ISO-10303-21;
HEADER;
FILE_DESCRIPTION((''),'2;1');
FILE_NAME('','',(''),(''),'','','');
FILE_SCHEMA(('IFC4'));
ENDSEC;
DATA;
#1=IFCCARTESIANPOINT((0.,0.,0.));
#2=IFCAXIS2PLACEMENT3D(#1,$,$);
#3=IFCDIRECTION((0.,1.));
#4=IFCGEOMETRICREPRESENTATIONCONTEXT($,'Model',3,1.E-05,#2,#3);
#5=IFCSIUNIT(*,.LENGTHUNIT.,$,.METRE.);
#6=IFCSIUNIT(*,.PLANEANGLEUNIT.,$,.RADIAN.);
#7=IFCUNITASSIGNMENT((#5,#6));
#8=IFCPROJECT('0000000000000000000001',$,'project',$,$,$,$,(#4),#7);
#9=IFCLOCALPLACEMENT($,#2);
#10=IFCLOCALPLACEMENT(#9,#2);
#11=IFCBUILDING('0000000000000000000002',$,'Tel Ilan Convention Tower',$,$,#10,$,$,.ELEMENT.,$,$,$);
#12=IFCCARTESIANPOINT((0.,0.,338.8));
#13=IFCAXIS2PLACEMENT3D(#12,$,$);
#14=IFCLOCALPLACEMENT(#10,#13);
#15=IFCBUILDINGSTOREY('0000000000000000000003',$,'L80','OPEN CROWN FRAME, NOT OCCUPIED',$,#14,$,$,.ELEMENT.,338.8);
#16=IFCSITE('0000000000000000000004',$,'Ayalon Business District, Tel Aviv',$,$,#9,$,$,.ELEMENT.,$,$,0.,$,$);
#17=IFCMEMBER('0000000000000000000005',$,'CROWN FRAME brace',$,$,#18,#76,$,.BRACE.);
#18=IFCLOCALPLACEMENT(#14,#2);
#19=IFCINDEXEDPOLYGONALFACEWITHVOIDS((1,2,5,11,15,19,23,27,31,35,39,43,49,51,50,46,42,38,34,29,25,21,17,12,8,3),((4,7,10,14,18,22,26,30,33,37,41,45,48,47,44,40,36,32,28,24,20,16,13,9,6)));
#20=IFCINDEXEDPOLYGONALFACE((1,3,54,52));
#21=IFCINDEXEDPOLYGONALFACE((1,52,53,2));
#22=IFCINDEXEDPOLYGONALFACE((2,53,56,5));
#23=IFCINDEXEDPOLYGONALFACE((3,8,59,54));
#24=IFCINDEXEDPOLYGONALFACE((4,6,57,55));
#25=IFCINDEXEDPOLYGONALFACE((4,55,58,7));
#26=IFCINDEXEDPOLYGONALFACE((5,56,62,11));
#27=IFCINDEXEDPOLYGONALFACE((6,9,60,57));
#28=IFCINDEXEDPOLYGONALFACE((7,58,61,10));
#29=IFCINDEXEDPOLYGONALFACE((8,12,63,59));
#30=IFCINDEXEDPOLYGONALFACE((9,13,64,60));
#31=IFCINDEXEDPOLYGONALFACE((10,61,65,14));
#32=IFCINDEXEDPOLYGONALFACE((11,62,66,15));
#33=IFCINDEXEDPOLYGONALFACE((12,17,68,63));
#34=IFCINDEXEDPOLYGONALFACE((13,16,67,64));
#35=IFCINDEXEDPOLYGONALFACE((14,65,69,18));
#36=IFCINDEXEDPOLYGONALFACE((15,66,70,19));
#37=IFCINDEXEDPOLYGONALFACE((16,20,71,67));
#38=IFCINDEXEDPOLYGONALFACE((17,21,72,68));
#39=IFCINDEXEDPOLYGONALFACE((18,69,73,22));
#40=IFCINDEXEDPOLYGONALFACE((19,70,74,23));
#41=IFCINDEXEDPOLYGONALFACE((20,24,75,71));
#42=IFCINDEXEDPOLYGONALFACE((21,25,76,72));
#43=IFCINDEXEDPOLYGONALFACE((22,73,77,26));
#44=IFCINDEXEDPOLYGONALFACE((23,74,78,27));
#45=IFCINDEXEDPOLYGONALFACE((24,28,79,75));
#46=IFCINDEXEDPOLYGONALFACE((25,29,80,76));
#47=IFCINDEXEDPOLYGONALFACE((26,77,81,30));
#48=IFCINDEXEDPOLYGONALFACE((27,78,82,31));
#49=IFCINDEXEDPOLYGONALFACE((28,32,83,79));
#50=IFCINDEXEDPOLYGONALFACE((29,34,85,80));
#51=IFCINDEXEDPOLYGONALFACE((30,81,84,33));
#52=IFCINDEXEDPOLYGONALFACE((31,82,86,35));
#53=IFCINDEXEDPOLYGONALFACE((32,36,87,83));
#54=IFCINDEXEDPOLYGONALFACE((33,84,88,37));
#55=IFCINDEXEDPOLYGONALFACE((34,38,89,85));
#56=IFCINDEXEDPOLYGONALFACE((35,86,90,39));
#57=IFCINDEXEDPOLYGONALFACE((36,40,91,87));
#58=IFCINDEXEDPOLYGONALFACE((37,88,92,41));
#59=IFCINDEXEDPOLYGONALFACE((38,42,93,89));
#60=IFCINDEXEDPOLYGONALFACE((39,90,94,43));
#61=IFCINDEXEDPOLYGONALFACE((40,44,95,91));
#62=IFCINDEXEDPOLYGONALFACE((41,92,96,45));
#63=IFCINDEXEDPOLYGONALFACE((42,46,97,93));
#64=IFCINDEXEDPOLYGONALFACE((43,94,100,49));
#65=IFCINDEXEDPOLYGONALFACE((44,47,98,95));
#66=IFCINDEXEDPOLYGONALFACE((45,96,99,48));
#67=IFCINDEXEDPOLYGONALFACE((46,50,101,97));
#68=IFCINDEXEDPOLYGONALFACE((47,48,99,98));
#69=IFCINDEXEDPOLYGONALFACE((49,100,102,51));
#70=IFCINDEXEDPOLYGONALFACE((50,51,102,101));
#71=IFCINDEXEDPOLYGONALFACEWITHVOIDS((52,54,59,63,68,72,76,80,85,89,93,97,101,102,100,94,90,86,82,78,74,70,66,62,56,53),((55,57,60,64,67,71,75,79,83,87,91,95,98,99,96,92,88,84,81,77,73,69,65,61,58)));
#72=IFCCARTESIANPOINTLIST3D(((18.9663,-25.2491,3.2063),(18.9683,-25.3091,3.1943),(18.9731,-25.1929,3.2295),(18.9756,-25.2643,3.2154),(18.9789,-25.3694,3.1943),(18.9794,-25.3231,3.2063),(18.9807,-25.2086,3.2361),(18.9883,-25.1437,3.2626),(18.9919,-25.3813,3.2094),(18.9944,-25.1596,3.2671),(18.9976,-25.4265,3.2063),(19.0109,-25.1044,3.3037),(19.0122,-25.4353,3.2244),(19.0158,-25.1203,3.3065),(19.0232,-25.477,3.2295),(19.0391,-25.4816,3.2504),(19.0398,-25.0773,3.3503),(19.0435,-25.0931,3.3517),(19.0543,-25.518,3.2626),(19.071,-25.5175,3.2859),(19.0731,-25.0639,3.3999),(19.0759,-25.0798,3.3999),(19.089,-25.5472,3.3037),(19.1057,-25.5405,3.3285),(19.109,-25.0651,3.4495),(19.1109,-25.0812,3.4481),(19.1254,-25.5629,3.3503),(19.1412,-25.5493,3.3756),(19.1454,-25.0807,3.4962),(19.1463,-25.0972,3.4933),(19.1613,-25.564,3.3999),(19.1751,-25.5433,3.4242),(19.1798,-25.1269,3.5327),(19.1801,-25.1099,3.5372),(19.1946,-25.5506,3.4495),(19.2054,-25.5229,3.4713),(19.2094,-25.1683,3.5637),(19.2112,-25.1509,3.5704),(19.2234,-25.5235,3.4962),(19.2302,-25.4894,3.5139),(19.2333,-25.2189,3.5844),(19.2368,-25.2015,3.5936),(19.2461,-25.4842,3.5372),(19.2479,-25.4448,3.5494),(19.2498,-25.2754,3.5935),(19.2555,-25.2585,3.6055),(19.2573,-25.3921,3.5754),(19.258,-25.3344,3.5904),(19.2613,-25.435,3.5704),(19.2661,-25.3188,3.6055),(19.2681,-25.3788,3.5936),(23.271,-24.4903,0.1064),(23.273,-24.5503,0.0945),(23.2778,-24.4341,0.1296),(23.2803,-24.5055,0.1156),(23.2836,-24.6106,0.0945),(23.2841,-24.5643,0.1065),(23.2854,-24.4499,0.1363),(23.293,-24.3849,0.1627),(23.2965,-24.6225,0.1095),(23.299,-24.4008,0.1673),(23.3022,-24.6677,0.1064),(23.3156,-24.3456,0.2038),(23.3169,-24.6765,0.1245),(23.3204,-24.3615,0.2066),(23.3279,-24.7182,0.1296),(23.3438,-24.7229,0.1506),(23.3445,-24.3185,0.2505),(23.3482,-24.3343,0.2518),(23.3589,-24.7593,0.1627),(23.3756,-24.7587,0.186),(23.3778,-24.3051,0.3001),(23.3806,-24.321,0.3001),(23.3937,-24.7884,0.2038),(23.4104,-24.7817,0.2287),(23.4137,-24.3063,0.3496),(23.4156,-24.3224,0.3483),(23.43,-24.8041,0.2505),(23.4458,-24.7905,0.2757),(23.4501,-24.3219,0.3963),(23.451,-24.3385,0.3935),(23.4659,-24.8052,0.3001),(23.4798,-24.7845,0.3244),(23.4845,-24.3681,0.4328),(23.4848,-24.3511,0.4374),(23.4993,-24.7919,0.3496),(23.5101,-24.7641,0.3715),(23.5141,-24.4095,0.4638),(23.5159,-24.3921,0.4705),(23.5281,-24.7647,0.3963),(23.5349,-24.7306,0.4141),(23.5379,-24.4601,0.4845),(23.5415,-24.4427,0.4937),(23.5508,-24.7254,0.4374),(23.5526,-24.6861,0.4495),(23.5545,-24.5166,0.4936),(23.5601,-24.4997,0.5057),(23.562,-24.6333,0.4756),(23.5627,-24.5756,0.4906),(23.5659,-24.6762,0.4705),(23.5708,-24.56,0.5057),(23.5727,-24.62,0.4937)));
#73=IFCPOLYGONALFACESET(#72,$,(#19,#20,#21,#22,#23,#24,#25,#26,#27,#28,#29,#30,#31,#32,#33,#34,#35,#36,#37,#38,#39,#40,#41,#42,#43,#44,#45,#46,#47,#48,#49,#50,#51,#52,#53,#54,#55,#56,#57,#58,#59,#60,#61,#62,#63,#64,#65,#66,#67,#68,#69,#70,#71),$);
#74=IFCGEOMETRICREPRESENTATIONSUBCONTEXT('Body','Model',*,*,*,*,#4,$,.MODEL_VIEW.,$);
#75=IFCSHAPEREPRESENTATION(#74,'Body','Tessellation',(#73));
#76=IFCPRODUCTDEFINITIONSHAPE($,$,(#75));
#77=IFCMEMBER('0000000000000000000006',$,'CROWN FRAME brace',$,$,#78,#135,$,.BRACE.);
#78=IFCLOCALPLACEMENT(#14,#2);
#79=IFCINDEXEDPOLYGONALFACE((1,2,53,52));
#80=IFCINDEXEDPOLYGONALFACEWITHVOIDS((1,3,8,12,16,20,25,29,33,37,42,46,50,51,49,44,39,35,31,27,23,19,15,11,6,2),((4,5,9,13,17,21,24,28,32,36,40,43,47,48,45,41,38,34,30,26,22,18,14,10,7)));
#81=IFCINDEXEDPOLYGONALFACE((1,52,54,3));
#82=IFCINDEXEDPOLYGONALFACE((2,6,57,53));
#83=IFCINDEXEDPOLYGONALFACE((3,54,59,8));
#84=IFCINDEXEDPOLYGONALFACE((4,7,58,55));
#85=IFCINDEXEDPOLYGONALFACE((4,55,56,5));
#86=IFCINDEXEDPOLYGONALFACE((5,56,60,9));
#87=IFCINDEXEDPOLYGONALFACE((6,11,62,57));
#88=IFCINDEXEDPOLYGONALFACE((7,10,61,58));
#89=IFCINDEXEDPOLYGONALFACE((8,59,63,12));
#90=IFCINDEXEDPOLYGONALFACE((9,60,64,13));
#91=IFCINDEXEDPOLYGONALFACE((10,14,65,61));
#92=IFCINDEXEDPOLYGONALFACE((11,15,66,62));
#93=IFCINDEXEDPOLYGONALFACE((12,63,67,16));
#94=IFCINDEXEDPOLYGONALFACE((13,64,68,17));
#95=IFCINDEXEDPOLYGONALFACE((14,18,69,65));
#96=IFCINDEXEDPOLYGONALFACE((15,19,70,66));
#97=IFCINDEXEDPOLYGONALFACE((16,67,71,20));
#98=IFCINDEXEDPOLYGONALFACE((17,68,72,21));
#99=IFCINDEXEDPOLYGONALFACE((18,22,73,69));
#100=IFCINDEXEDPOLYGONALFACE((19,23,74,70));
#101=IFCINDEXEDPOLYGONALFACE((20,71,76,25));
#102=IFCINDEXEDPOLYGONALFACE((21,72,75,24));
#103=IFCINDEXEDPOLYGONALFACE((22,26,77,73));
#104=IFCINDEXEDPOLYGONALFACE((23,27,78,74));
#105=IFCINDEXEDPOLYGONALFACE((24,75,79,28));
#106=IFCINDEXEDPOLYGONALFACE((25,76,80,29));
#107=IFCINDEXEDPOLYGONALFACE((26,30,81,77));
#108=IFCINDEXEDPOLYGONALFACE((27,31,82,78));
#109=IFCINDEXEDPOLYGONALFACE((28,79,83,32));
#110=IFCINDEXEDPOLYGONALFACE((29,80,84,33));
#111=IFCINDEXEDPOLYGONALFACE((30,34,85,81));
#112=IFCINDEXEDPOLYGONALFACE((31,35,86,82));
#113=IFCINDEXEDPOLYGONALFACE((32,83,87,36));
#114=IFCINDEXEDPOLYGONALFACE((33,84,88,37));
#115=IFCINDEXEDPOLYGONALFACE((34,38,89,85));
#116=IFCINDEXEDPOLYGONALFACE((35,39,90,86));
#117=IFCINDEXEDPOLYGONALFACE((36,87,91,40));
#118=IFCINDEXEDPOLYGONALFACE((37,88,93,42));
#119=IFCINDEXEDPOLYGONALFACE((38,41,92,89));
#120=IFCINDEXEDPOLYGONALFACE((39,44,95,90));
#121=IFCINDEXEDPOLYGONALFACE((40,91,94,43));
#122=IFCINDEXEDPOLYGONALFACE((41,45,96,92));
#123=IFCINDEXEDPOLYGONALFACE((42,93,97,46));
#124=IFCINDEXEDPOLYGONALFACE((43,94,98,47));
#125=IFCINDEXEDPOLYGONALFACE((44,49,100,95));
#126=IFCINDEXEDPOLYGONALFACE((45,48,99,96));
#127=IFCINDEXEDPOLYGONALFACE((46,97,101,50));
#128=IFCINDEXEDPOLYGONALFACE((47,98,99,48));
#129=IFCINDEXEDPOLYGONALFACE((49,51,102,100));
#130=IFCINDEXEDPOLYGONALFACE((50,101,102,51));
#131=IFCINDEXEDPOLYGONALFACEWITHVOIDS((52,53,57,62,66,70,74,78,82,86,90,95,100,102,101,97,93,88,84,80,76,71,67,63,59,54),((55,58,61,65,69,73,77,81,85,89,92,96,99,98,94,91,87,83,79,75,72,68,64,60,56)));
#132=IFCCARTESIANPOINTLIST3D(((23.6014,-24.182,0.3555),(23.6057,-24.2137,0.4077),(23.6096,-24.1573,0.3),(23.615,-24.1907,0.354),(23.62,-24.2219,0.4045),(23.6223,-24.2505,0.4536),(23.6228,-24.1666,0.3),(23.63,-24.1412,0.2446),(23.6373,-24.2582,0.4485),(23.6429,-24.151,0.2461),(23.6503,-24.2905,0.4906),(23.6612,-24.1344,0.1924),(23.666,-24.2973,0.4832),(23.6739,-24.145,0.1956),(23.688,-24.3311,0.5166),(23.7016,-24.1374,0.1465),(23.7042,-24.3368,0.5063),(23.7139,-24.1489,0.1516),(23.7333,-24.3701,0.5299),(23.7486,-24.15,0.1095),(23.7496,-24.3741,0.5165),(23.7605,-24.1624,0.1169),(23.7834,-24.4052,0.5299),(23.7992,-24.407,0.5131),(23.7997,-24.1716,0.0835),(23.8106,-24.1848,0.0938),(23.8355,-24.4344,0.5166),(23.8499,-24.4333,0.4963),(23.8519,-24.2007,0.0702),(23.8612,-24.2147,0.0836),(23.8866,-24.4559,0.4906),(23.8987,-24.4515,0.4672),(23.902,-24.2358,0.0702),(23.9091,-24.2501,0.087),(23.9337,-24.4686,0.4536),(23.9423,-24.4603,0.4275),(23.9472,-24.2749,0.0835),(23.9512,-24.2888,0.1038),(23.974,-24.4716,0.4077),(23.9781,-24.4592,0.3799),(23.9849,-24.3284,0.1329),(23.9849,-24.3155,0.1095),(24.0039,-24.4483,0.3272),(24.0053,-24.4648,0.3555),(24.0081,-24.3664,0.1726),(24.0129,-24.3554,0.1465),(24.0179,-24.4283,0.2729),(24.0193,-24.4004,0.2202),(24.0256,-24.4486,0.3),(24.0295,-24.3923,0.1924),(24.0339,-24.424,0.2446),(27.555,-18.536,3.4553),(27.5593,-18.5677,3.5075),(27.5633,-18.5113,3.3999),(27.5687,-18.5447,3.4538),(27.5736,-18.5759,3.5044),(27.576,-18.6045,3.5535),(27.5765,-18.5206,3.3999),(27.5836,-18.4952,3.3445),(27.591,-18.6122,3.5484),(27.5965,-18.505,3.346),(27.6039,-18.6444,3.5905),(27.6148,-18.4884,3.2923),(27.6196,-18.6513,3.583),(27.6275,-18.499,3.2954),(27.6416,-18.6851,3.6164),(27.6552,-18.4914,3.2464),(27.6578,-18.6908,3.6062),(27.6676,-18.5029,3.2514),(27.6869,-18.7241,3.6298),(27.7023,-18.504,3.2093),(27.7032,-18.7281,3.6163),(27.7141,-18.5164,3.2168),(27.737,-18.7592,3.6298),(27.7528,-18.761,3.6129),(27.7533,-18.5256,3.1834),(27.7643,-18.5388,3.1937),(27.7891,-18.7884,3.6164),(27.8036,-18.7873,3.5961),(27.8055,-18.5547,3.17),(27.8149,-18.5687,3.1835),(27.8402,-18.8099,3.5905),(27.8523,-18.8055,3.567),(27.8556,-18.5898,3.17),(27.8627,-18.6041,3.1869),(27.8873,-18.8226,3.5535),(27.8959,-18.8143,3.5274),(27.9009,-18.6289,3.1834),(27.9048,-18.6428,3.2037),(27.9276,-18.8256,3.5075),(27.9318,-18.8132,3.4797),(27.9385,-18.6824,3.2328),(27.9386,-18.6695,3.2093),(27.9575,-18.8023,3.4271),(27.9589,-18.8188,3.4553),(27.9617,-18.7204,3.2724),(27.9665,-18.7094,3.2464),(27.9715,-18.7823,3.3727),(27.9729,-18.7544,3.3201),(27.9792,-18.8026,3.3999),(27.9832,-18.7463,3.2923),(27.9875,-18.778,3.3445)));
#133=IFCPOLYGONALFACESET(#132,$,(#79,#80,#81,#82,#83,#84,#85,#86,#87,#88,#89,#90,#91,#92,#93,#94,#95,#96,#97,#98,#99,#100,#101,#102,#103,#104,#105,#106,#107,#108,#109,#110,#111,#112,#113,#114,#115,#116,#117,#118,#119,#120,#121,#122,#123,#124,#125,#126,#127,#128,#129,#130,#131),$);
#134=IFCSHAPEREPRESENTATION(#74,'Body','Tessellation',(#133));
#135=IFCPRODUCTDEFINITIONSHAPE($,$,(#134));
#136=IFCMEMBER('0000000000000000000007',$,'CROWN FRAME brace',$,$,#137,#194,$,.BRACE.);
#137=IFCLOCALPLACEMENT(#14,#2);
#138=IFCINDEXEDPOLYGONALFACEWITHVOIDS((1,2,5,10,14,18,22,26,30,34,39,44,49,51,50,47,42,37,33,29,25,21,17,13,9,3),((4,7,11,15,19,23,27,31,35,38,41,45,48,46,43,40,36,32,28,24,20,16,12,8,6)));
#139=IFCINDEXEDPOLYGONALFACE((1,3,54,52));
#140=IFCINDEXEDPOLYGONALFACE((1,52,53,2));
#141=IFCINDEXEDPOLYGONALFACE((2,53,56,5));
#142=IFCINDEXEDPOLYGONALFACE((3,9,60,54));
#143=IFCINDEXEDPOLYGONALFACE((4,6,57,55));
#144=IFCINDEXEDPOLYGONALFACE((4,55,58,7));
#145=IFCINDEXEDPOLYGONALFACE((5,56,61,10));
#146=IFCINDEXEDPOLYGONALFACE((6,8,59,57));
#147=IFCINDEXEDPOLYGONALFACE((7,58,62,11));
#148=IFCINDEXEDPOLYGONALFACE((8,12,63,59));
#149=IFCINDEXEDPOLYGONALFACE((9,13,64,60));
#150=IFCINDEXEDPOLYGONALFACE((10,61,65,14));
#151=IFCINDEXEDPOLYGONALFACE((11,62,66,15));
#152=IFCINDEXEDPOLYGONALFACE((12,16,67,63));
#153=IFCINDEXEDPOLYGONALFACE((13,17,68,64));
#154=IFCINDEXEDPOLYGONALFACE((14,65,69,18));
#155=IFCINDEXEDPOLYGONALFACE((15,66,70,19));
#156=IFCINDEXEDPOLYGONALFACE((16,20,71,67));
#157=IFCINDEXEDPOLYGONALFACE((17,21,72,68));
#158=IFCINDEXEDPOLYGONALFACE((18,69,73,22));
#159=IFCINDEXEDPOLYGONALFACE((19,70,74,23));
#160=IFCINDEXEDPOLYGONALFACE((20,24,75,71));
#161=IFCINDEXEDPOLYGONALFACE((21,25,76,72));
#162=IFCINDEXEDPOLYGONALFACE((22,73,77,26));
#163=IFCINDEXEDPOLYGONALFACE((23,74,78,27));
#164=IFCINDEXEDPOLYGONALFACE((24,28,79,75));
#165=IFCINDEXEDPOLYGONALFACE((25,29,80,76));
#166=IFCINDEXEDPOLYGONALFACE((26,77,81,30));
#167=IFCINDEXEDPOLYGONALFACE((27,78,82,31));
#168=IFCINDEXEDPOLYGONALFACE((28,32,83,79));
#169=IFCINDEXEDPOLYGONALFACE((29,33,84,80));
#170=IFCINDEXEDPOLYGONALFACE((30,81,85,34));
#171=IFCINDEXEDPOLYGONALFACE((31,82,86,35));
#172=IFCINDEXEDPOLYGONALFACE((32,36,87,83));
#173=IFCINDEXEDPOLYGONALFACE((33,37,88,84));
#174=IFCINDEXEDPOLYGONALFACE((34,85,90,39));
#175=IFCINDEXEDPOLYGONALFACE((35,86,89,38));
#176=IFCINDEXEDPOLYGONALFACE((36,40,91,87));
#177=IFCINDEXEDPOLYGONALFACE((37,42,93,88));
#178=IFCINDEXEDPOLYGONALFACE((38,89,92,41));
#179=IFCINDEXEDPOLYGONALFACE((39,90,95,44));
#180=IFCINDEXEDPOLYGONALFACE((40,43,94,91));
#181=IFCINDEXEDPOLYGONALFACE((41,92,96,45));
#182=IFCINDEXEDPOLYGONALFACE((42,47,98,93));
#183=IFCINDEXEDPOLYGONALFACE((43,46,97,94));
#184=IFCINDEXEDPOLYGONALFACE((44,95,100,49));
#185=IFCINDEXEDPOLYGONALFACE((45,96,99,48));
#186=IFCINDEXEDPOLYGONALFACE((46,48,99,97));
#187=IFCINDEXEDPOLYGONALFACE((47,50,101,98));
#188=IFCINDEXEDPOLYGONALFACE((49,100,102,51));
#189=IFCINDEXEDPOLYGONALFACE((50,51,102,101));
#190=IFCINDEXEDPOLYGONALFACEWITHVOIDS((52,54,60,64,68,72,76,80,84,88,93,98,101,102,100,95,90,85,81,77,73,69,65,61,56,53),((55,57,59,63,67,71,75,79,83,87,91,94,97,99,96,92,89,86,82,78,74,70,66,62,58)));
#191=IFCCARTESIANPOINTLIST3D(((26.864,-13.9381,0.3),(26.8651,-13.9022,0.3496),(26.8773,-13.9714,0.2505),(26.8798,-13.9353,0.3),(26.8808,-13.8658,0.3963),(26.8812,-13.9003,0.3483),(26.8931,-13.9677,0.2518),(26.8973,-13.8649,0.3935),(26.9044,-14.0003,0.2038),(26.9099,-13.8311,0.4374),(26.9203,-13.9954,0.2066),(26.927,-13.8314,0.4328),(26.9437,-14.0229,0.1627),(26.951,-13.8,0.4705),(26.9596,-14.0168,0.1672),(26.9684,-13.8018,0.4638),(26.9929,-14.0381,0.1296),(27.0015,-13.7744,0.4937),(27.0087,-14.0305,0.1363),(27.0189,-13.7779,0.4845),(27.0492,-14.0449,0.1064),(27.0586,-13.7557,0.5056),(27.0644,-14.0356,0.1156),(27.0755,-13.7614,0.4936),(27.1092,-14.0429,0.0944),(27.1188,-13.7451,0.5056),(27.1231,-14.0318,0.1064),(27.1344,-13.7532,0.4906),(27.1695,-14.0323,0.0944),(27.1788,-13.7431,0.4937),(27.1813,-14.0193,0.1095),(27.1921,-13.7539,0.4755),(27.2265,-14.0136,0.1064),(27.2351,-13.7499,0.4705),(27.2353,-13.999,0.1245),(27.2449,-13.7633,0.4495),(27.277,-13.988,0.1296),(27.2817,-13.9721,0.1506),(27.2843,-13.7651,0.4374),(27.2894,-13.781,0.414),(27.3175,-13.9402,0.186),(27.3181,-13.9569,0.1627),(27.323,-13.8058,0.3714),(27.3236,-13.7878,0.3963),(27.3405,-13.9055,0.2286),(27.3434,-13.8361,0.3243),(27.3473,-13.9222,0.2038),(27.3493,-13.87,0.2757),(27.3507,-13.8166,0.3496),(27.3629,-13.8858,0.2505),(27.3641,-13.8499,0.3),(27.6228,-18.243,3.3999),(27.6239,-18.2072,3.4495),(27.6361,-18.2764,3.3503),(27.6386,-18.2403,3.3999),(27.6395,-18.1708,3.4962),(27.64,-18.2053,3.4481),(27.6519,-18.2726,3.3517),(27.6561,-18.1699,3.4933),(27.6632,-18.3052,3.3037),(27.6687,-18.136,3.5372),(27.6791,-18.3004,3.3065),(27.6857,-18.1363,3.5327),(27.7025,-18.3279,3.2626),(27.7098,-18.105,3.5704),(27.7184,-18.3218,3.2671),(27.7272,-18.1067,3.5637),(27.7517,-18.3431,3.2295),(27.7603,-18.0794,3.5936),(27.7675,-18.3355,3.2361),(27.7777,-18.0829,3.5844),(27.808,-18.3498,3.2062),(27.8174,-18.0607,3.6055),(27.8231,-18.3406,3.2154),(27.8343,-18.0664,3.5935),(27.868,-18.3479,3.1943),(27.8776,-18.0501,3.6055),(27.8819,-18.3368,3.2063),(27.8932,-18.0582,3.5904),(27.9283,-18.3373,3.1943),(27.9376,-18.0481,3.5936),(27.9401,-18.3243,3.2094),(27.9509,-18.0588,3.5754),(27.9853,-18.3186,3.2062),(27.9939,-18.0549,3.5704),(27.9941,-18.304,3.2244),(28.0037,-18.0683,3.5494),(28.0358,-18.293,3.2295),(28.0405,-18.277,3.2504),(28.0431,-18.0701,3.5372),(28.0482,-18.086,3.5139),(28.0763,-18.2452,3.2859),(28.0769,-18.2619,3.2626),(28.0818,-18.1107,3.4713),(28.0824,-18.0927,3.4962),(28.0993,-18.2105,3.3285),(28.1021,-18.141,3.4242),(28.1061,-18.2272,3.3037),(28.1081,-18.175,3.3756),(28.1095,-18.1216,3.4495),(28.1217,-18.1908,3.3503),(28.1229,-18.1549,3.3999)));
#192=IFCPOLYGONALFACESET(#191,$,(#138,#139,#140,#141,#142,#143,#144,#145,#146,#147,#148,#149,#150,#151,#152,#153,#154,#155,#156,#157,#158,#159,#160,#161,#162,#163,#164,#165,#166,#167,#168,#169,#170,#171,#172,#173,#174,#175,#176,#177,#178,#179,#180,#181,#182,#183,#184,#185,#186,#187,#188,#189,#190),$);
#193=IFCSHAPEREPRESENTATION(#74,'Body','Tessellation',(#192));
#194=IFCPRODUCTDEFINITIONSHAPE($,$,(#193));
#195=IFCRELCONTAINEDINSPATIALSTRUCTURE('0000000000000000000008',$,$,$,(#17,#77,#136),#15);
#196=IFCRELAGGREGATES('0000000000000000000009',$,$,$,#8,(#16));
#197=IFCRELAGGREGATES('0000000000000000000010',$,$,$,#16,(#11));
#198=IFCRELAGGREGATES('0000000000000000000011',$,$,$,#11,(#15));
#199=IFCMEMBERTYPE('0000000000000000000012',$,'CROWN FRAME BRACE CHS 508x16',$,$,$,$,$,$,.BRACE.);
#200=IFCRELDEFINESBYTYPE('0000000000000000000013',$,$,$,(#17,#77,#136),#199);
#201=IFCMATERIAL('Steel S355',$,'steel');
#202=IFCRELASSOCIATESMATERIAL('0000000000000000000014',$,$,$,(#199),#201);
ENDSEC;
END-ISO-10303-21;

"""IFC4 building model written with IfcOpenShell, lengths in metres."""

from ifc_helpers import new_model, si_unit, direction, frame, origin, origin_2d, place, context, subcontext, project, spatial, hollow_circle, extrude, material, material_profile, profile_set, type_object, element, save


model = new_model("IFC4")

# Units and contexts
model_context = context("Model", 3, precision=1e-05, world=origin(), true_north=direction((0.0, 1.0)))
body_context = subcontext(model_context, "Body", "Model", "MODEL_VIEW")
ifc_project = project(units=[si_unit("LENGTHUNIT", "METRE"), si_unit("PLANEANGLEUNIT", "RADIAN")], contexts=[model_context])

# Site, building, storey
site_placement = place(None, origin())
site = spatial("IfcSite", under=ifc_project, at=site_placement, Name="Ayalon Business District, Tel Aviv", CompositionType="ELEMENT", RefElevation=0.0)
building_placement = place(site_placement, origin())
building = spatial("IfcBuilding", under=site, at=building_placement, Name="Tel Ilan Convention Tower", CompositionType="ELEMENT")
storey_placement = place(building_placement, frame((0.0, 0.0, 338.8)))
storey = spatial("IfcBuildingStorey", under=building, at=storey_placement, Name="L80", Description="OPEN CROWN FRAME, NOT OCCUPIED", CompositionType="ELEMENT", Elevation=338.8)

# Members
ifc_material_1 = material(Name="Steel S355", Category="steel")
ifc_material_profile_1 = material_profile(ifc_material_1, hollow_circle(Radius=0.2539, WallThickness=0.0161, at=origin_2d()), Name="CHS 508x16")
ifc_profile_set_1 = profile_set([ifc_material_profile_1], Name="Steel S355")
member_type_1 = type_object("IfcMemberType", Name="CROWN FRAME BRACE CHS 508x16", PredefinedType="BRACE", material=ifc_profile_set_1)
member_1_placement = place(storey_placement, frame((19.1172, -25.314, 3.3999), z_axis=(0.803315, 0.141601, -0.578476), x_axis=(-0.173594, 0.984817, 0.0)))
element("IfcMember", 1, at=member_1_placement, inside=storey, type_object=member_type_1, Name="CROWN FRAME brace", PredefinedType="BRACE", context=body_context, shape_type="SweptSolid", body=[
    extrude(hollow_circle(Radius=0.2539, WallThickness=0.0161, at=origin_2d()), origin(), (0.0, 0.0, 1.0), 5.3586),
])
member_2_placement = place(storey_placement, frame((23.8176, -24.303, 0.3), z_axis=(0.52313, 0.747061, 0.410163), x_axis=(-0.819135, 0.5736, 0.0)))
element("IfcMember", 2, at=member_2_placement, inside=storey, type_object=member_type_1, Name="CROWN FRAME brace", PredefinedType="BRACE", context=body_context, shape_type="SweptSolid", body=[
    extrude(hollow_circle(Radius=0.2539, WallThickness=0.0161, at=origin_2d()), origin(), (0.0, 0.0, 1.0), 7.5576),
])
member_3_placement = place(storey_placement, frame((27.8728, -18.199, 3.3999), z_axis=(-0.141595, 0.803331, -0.578455), x_axis=(-0.984819, -0.173585, 0.0)))
element("IfcMember", 3, at=member_3_placement, inside=storey, type_object=member_type_1, Name="CROWN FRAME brace", PredefinedType="BRACE", context=body_context, shape_type="SweptSolid", body=[
    extrude(hollow_circle(Radius=0.2539, WallThickness=0.0161, at=origin_2d()), origin(), (0.0, 0.0, 1.0), 5.3589),
])

save(model, "model.ifc")
